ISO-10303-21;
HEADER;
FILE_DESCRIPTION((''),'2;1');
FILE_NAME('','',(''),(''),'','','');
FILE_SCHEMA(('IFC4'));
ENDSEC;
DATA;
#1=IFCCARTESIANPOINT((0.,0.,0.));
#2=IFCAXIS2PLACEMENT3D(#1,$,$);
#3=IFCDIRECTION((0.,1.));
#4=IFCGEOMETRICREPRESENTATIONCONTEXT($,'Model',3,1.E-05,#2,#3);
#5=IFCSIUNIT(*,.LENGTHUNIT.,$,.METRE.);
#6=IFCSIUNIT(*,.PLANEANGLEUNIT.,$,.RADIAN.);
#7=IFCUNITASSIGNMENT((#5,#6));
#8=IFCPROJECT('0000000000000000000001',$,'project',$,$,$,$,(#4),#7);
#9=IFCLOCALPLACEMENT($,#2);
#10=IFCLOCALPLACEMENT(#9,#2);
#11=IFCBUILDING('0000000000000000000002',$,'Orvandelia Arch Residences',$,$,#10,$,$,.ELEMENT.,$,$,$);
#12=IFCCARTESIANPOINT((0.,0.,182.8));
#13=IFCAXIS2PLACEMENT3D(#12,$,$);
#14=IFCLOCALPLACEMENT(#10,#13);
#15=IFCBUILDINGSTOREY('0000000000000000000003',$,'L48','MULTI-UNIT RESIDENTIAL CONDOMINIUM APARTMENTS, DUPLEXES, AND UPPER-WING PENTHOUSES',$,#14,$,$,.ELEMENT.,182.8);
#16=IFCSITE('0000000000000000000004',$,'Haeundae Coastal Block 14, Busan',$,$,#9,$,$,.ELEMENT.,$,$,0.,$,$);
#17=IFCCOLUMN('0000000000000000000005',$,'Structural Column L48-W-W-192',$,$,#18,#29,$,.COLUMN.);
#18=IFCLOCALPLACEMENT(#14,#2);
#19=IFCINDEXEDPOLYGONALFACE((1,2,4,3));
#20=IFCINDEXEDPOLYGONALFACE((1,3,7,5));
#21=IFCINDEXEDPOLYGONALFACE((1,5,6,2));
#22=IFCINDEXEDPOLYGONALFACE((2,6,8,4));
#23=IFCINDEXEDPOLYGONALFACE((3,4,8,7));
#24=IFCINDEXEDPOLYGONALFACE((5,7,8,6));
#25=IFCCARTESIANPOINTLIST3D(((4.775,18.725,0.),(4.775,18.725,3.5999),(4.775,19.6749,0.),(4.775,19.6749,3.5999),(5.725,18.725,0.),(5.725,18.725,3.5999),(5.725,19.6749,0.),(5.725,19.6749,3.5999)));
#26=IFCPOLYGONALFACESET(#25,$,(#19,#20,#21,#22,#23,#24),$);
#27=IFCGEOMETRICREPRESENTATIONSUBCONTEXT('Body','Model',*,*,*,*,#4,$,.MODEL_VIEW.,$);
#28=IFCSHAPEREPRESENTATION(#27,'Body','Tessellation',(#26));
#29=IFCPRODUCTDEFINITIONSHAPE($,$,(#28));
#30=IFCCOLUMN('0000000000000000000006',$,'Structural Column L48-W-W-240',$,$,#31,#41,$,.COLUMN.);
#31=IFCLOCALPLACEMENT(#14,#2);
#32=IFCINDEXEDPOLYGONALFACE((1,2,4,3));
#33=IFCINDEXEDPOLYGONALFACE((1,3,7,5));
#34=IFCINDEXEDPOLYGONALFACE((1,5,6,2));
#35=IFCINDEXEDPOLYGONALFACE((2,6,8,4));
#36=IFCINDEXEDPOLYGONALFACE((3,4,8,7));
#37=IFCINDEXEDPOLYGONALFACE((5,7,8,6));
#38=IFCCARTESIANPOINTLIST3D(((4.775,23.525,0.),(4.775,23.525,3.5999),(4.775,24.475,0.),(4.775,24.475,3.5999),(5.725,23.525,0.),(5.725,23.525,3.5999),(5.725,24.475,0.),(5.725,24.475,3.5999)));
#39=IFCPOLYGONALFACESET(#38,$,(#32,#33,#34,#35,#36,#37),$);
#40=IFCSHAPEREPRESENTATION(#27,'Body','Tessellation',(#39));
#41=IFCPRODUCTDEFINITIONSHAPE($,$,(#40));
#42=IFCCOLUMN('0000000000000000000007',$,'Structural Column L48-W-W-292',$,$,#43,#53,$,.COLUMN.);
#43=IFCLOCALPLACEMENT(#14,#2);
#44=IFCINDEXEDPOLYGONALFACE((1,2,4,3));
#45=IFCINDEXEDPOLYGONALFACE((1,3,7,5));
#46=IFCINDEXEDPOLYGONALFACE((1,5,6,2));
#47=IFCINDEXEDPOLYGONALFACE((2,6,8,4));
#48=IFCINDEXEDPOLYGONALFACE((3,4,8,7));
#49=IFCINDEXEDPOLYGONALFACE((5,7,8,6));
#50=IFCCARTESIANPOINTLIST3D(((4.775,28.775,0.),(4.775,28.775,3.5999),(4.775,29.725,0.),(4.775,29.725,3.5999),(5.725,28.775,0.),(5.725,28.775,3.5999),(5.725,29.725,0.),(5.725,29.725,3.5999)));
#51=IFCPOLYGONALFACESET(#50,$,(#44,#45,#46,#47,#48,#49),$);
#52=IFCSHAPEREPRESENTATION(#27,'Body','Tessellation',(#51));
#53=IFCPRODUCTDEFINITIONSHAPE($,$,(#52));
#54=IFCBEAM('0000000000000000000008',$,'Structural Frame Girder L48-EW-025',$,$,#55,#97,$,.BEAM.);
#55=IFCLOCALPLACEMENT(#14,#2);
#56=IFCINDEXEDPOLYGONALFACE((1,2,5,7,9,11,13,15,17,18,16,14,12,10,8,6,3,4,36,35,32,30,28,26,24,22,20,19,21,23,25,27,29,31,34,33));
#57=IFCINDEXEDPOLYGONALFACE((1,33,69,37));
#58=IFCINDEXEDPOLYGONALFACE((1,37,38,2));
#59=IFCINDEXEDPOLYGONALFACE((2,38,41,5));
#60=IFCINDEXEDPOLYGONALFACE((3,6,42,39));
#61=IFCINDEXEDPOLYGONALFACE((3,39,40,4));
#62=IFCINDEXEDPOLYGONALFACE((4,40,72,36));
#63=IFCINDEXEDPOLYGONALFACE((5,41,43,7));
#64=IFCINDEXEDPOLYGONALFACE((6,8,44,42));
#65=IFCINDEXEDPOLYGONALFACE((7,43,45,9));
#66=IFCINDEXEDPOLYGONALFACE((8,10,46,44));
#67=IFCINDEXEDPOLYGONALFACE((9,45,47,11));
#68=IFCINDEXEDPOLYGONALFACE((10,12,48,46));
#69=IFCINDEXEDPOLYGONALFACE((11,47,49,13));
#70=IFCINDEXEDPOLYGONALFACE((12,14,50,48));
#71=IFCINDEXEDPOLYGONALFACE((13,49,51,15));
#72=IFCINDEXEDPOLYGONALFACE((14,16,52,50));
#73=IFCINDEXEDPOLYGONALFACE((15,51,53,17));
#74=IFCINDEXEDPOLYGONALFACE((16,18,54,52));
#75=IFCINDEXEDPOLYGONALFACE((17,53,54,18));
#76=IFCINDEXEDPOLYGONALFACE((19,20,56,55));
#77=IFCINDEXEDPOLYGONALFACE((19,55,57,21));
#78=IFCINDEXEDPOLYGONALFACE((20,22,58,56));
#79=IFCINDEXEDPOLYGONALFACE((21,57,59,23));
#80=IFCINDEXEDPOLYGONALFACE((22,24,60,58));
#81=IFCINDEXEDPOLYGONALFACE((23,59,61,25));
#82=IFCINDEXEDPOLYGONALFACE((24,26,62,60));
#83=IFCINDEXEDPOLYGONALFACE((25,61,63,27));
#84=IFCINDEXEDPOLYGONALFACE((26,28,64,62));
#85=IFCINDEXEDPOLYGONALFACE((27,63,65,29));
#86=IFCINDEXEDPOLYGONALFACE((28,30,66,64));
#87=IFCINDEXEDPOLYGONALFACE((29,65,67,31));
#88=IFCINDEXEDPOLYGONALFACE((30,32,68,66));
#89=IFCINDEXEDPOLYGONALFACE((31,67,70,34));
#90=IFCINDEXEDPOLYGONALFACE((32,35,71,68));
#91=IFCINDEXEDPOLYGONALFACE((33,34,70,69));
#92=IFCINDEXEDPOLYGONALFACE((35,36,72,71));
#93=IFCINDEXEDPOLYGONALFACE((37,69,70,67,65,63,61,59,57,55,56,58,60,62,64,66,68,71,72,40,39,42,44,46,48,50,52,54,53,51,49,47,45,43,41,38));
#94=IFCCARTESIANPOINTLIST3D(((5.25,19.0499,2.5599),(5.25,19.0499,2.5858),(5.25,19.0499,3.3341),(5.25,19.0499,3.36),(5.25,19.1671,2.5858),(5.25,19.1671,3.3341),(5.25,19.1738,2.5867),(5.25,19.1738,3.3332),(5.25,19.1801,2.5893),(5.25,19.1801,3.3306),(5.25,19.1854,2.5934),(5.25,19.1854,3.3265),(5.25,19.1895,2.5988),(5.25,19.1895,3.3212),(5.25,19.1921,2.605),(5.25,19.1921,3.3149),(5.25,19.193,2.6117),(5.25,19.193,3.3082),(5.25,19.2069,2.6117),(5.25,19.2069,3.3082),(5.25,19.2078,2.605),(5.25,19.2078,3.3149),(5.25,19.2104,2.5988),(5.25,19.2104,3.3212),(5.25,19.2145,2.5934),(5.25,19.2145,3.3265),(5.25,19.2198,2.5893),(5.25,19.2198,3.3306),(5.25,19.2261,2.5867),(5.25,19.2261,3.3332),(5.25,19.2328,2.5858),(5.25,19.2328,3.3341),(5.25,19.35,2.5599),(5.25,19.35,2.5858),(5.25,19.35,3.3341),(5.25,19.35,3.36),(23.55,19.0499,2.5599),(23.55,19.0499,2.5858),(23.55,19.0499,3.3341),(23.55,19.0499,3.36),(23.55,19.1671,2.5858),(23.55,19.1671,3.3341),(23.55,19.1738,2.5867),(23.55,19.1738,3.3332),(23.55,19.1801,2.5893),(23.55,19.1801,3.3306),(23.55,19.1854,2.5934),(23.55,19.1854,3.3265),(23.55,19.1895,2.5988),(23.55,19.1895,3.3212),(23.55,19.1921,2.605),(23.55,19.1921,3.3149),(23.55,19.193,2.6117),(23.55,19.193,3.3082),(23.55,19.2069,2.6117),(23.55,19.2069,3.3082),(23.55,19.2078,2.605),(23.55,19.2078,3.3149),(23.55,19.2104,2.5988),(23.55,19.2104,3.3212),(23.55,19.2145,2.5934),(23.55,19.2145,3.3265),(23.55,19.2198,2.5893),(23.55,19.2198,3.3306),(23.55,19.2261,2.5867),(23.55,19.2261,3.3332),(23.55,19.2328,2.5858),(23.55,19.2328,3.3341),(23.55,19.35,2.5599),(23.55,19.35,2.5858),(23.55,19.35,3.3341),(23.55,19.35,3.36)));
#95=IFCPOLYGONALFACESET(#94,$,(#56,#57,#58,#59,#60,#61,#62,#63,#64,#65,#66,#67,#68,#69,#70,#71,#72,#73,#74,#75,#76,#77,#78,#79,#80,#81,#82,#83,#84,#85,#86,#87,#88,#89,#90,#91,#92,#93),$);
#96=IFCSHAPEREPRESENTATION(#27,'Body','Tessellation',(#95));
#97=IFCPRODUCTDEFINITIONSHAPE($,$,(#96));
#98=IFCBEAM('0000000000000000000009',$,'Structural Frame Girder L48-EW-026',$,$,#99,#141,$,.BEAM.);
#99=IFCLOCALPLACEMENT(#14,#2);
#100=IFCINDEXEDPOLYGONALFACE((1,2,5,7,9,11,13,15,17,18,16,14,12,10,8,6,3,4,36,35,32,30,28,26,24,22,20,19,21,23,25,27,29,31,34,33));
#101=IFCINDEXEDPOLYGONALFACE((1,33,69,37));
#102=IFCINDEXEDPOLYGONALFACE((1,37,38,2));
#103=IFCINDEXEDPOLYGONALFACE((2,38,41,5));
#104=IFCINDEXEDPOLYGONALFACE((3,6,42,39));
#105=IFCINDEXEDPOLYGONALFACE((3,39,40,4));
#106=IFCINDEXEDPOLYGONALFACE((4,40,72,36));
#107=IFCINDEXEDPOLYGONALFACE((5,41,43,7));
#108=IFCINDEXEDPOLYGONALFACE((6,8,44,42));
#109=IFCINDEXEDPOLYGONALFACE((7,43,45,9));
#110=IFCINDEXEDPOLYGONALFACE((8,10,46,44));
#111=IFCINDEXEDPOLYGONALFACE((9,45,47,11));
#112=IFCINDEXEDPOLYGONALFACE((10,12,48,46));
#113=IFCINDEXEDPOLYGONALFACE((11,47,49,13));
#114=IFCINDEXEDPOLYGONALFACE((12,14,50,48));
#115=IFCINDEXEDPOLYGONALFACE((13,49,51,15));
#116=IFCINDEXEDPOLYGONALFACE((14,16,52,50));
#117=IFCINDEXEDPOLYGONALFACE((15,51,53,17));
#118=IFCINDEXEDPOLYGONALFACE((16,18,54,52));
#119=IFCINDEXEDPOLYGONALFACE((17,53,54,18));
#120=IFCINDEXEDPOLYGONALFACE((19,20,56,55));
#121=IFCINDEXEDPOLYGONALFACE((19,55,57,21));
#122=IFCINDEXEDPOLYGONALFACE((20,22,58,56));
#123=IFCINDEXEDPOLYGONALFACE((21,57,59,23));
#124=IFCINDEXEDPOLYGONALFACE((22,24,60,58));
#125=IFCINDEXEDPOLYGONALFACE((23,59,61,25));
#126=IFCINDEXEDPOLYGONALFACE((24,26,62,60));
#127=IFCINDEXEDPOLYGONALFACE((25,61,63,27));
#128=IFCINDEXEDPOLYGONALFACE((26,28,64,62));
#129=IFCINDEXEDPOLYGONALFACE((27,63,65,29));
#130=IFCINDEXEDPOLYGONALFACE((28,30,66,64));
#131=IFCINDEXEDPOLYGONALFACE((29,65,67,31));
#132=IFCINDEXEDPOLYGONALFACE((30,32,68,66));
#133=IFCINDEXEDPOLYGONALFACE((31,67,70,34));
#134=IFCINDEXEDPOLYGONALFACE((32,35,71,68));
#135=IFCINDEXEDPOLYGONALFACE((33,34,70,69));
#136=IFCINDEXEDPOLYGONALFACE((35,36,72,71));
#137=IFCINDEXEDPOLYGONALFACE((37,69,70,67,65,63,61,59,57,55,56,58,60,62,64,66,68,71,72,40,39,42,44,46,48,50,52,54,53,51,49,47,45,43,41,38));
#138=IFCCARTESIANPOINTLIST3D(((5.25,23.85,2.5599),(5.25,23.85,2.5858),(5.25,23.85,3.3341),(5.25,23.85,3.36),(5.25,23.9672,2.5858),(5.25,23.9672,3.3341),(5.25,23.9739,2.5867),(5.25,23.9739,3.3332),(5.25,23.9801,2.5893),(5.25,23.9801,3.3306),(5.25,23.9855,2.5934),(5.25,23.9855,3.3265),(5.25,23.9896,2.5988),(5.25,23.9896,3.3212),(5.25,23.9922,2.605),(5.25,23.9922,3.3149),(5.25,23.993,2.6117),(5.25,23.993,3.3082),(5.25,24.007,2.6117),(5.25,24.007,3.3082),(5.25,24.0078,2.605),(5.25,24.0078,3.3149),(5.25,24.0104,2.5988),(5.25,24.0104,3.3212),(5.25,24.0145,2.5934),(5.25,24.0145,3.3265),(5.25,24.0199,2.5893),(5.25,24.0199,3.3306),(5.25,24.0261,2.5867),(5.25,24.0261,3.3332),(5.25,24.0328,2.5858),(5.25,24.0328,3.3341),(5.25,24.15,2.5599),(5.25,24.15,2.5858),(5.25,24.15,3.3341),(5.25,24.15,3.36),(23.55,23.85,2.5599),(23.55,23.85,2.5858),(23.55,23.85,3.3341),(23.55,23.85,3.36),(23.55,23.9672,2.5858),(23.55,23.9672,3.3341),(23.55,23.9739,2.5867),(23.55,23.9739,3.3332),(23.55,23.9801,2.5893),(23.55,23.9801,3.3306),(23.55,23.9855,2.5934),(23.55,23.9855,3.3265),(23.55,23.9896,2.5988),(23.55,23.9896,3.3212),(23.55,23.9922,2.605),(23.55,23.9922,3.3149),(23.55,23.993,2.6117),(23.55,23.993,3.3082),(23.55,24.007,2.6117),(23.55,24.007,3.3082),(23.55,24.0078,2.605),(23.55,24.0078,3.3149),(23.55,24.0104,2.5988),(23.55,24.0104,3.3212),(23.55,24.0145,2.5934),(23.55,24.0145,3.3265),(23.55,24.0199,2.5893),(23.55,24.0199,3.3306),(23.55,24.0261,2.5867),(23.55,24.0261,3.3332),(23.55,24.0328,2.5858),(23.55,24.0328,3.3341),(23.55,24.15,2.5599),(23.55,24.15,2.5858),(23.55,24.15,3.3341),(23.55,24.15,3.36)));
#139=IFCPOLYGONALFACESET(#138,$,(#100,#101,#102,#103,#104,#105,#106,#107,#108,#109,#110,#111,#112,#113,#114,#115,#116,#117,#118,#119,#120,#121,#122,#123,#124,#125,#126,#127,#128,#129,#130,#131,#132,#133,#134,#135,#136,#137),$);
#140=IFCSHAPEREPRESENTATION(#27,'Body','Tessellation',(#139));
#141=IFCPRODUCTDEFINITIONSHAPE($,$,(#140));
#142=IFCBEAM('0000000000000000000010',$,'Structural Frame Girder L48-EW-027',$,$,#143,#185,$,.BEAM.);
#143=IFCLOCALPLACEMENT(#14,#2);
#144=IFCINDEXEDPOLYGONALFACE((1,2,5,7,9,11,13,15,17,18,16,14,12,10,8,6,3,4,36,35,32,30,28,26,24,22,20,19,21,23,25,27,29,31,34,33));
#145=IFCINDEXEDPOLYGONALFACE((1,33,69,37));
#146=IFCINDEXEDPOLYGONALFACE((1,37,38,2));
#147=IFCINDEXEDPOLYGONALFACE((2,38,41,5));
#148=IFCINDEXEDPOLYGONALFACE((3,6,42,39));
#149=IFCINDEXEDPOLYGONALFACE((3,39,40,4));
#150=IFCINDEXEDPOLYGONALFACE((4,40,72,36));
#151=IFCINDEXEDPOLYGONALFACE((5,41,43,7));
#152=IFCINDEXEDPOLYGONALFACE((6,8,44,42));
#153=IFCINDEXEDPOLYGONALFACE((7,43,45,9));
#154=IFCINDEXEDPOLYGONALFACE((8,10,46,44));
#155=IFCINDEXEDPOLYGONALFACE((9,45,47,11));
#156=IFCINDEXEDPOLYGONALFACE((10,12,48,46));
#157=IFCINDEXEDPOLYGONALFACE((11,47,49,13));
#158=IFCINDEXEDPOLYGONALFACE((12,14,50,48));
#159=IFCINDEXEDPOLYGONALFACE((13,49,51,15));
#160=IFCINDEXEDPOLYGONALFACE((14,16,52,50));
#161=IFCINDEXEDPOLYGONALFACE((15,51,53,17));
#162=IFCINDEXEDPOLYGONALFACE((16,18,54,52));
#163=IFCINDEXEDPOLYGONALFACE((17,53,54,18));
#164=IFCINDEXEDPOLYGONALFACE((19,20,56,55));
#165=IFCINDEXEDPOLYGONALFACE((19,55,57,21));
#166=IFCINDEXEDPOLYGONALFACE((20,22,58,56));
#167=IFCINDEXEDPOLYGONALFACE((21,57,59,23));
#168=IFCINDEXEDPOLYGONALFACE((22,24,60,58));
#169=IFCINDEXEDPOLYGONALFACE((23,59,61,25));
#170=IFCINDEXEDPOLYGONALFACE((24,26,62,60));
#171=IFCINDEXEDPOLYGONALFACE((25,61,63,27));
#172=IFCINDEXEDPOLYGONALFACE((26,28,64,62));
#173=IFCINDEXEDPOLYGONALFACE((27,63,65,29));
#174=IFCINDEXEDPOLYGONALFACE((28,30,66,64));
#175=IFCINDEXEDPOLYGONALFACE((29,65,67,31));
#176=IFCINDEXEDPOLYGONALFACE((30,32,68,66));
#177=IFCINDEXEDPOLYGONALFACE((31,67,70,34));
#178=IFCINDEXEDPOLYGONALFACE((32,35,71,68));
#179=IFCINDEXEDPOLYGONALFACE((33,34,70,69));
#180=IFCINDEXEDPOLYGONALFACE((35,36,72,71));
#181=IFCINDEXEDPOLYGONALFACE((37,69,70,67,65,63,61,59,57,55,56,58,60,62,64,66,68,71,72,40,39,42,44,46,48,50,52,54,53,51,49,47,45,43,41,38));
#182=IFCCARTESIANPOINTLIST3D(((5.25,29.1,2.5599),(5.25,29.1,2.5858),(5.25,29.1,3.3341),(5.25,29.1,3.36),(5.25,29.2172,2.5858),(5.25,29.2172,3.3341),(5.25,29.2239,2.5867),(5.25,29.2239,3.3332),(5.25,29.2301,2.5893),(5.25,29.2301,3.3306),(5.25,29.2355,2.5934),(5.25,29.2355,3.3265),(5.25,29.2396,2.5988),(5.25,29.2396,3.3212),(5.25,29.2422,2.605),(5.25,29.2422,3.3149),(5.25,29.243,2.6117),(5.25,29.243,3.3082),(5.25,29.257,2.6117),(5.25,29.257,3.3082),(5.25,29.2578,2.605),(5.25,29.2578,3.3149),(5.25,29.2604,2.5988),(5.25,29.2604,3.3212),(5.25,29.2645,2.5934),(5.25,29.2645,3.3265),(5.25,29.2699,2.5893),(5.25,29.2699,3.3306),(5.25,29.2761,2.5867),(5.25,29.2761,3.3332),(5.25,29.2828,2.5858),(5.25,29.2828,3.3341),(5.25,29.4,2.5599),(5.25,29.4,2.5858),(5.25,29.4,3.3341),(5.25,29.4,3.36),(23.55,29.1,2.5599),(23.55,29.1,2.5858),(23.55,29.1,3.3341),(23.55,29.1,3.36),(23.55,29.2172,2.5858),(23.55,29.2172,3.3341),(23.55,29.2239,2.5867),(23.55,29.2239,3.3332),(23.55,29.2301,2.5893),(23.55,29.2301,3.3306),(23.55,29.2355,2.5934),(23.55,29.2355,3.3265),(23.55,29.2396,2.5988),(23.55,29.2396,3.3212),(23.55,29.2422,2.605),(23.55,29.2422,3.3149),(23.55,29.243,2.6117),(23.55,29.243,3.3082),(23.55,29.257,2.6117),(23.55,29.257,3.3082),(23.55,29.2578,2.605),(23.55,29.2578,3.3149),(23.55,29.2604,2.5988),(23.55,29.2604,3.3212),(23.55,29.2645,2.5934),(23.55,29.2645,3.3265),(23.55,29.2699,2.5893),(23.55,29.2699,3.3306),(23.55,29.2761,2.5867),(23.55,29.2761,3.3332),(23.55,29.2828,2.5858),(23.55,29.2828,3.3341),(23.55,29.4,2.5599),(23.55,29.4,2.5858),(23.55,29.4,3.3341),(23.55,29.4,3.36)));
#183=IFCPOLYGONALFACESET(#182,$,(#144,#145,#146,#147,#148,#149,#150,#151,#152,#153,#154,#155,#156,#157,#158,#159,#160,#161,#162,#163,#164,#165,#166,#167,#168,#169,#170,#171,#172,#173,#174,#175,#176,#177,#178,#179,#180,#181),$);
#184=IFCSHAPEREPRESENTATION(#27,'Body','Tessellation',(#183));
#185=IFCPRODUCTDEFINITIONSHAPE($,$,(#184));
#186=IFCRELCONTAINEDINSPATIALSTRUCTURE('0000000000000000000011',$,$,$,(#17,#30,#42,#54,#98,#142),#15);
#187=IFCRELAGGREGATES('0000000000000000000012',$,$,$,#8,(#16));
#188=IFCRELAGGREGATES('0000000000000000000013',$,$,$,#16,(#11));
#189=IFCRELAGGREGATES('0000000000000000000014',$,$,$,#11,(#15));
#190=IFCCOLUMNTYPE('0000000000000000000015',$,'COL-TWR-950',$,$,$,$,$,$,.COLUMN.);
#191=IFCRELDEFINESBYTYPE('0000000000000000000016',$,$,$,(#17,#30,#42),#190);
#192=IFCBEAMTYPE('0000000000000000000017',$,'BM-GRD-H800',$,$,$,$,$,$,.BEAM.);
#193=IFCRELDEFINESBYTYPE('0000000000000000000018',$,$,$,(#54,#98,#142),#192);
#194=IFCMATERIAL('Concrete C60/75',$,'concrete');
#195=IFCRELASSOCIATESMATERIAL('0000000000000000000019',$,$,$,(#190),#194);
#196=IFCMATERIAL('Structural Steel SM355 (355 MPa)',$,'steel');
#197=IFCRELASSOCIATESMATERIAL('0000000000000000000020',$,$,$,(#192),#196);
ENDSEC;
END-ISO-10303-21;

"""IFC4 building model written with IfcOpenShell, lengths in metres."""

from ifc_helpers import new_model, si_unit, direction, frame, origin, origin_2d, place, context, subcontext, project, spatial, rectangle, i_section, extrude, material, material_profile, profile_set, type_object, element, save


model = new_model("IFC4")

# Units and contexts
model_context = context("Model", 3, precision=1e-05, world=origin(), true_north=direction((0.0, 1.0)))
body_context = subcontext(model_context, "Body", "Model", "MODEL_VIEW")
ifc_project = project(units=[si_unit("LENGTHUNIT", "METRE"), si_unit("PLANEANGLEUNIT", "RADIAN")], contexts=[model_context])

# Site, building, storey
site_placement = place(None, origin())
site = spatial("IfcSite", under=ifc_project, at=site_placement, Name="Haeundae Coastal Block 14, Busan", CompositionType="ELEMENT", RefElevation=0.0)
building_placement = place(site_placement, origin())
building = spatial("IfcBuilding", under=site, at=building_placement, Name="Orvandelia Arch Residences", CompositionType="ELEMENT")
storey_placement = place(building_placement, frame((0.0, 0.0, 182.8)))
storey = spatial("IfcBuildingStorey", under=building, at=storey_placement, Name="L48", Description="MULTI-UNIT RESIDENTIAL CONDOMINIUM APARTMENTS, DUPLEXES, AND UPPER-WING PENTHOUSES", CompositionType="ELEMENT", Elevation=182.8)

# Columns
ifc_material_1 = material(Name="Concrete C60/75", Category="concrete")
ifc_material_profile_1 = material_profile(ifc_material_1, rectangle(XDim=0.95, YDim=0.95, at=origin_2d()), Name="Concrete C60/75", Category="concrete")
ifc_profile_set_1 = profile_set([ifc_material_profile_1], Name="Concrete C60/75")
column_type = type_object("IfcColumnType", Name="COL-TWR-950", PredefinedType="COLUMN", material=ifc_profile_set_1)
for number, where, z_axis, x_axis, name in (
    (1, (5.25, 19.2, 0.0), (0.0, 0.0, 1.0), (1.0, 0.0, 0.0), "Structural Column L48-W-W-192"),
    (2, (5.25, 24.0, 0.0), (0.0, 0.0, 1.0), (1.0, 0.0, 0.0), "Structural Column L48-W-W-240"),
    (3, (5.25, 29.25, 0.0), (0.0, 0.0, 1.0), (1.0, 0.0, 0.0), "Structural Column L48-W-W-292"),
):
    element("IfcColumn", number, at=place(storey_placement, frame(where, z_axis=z_axis, x_axis=x_axis)), inside=storey, type_object=column_type, Name=name, PredefinedType="COLUMN", context=body_context, shape_type="SweptSolid", body=[
        extrude(rectangle(XDim=0.95, YDim=0.95, at=origin_2d()), origin(), (0.0, 0.0, 1.0), 3.5999),
    ])

# Beams
ifc_material_2 = material(Name="Structural Steel SM355 (355 MPa)", Category="steel")
ifc_material_profile_2 = material_profile(ifc_material_2, i_section(OverallWidth=0.3, OverallDepth=0.8, WebThickness=0.0139, FlangeThickness=0.0259, FilletRadius=0.0259, at=origin_2d()), Name="Structural Steel SM355 (355 MPa)", Category="steel")
ifc_profile_set_2 = profile_set([ifc_material_profile_2], Name="Structural Steel SM355 (355 MPa)")
beam_type_1 = type_object("IfcBeamType", Name="BM-GRD-H800", PredefinedType="BEAM", material=ifc_profile_set_2)
for number, where, z_axis, x_axis, name in (
    (4, (5.25, 19.2, 2.96), (1.0, 0.0, 0.0), (0.0, 1.0, 0.0), "Structural Frame Girder L48-EW-025"),
    (5, (5.25, 24.0, 2.96), (1.0, 0.0, 0.0), (0.0, 1.0, 0.0), "Structural Frame Girder L48-EW-026"),
    (6, (5.25, 29.25, 2.96), (1.0, 0.0, 0.0), (0.0, 1.0, 0.0), "Structural Frame Girder L48-EW-027"),
):
    element("IfcBeam", number, at=place(storey_placement, frame(where, z_axis=z_axis, x_axis=x_axis)), inside=storey, type_object=beam_type_1, Name=name, PredefinedType="BEAM", context=body_context, shape_type="SweptSolid", body=[
        extrude(i_section(OverallWidth=0.3, OverallDepth=0.8, WebThickness=0.0139, FlangeThickness=0.0259, FilletRadius=0.0259, at=origin_2d()), origin(), (0.0, 0.0, 1.0), 18.3),
    ])

save(model, "model.ifc")
